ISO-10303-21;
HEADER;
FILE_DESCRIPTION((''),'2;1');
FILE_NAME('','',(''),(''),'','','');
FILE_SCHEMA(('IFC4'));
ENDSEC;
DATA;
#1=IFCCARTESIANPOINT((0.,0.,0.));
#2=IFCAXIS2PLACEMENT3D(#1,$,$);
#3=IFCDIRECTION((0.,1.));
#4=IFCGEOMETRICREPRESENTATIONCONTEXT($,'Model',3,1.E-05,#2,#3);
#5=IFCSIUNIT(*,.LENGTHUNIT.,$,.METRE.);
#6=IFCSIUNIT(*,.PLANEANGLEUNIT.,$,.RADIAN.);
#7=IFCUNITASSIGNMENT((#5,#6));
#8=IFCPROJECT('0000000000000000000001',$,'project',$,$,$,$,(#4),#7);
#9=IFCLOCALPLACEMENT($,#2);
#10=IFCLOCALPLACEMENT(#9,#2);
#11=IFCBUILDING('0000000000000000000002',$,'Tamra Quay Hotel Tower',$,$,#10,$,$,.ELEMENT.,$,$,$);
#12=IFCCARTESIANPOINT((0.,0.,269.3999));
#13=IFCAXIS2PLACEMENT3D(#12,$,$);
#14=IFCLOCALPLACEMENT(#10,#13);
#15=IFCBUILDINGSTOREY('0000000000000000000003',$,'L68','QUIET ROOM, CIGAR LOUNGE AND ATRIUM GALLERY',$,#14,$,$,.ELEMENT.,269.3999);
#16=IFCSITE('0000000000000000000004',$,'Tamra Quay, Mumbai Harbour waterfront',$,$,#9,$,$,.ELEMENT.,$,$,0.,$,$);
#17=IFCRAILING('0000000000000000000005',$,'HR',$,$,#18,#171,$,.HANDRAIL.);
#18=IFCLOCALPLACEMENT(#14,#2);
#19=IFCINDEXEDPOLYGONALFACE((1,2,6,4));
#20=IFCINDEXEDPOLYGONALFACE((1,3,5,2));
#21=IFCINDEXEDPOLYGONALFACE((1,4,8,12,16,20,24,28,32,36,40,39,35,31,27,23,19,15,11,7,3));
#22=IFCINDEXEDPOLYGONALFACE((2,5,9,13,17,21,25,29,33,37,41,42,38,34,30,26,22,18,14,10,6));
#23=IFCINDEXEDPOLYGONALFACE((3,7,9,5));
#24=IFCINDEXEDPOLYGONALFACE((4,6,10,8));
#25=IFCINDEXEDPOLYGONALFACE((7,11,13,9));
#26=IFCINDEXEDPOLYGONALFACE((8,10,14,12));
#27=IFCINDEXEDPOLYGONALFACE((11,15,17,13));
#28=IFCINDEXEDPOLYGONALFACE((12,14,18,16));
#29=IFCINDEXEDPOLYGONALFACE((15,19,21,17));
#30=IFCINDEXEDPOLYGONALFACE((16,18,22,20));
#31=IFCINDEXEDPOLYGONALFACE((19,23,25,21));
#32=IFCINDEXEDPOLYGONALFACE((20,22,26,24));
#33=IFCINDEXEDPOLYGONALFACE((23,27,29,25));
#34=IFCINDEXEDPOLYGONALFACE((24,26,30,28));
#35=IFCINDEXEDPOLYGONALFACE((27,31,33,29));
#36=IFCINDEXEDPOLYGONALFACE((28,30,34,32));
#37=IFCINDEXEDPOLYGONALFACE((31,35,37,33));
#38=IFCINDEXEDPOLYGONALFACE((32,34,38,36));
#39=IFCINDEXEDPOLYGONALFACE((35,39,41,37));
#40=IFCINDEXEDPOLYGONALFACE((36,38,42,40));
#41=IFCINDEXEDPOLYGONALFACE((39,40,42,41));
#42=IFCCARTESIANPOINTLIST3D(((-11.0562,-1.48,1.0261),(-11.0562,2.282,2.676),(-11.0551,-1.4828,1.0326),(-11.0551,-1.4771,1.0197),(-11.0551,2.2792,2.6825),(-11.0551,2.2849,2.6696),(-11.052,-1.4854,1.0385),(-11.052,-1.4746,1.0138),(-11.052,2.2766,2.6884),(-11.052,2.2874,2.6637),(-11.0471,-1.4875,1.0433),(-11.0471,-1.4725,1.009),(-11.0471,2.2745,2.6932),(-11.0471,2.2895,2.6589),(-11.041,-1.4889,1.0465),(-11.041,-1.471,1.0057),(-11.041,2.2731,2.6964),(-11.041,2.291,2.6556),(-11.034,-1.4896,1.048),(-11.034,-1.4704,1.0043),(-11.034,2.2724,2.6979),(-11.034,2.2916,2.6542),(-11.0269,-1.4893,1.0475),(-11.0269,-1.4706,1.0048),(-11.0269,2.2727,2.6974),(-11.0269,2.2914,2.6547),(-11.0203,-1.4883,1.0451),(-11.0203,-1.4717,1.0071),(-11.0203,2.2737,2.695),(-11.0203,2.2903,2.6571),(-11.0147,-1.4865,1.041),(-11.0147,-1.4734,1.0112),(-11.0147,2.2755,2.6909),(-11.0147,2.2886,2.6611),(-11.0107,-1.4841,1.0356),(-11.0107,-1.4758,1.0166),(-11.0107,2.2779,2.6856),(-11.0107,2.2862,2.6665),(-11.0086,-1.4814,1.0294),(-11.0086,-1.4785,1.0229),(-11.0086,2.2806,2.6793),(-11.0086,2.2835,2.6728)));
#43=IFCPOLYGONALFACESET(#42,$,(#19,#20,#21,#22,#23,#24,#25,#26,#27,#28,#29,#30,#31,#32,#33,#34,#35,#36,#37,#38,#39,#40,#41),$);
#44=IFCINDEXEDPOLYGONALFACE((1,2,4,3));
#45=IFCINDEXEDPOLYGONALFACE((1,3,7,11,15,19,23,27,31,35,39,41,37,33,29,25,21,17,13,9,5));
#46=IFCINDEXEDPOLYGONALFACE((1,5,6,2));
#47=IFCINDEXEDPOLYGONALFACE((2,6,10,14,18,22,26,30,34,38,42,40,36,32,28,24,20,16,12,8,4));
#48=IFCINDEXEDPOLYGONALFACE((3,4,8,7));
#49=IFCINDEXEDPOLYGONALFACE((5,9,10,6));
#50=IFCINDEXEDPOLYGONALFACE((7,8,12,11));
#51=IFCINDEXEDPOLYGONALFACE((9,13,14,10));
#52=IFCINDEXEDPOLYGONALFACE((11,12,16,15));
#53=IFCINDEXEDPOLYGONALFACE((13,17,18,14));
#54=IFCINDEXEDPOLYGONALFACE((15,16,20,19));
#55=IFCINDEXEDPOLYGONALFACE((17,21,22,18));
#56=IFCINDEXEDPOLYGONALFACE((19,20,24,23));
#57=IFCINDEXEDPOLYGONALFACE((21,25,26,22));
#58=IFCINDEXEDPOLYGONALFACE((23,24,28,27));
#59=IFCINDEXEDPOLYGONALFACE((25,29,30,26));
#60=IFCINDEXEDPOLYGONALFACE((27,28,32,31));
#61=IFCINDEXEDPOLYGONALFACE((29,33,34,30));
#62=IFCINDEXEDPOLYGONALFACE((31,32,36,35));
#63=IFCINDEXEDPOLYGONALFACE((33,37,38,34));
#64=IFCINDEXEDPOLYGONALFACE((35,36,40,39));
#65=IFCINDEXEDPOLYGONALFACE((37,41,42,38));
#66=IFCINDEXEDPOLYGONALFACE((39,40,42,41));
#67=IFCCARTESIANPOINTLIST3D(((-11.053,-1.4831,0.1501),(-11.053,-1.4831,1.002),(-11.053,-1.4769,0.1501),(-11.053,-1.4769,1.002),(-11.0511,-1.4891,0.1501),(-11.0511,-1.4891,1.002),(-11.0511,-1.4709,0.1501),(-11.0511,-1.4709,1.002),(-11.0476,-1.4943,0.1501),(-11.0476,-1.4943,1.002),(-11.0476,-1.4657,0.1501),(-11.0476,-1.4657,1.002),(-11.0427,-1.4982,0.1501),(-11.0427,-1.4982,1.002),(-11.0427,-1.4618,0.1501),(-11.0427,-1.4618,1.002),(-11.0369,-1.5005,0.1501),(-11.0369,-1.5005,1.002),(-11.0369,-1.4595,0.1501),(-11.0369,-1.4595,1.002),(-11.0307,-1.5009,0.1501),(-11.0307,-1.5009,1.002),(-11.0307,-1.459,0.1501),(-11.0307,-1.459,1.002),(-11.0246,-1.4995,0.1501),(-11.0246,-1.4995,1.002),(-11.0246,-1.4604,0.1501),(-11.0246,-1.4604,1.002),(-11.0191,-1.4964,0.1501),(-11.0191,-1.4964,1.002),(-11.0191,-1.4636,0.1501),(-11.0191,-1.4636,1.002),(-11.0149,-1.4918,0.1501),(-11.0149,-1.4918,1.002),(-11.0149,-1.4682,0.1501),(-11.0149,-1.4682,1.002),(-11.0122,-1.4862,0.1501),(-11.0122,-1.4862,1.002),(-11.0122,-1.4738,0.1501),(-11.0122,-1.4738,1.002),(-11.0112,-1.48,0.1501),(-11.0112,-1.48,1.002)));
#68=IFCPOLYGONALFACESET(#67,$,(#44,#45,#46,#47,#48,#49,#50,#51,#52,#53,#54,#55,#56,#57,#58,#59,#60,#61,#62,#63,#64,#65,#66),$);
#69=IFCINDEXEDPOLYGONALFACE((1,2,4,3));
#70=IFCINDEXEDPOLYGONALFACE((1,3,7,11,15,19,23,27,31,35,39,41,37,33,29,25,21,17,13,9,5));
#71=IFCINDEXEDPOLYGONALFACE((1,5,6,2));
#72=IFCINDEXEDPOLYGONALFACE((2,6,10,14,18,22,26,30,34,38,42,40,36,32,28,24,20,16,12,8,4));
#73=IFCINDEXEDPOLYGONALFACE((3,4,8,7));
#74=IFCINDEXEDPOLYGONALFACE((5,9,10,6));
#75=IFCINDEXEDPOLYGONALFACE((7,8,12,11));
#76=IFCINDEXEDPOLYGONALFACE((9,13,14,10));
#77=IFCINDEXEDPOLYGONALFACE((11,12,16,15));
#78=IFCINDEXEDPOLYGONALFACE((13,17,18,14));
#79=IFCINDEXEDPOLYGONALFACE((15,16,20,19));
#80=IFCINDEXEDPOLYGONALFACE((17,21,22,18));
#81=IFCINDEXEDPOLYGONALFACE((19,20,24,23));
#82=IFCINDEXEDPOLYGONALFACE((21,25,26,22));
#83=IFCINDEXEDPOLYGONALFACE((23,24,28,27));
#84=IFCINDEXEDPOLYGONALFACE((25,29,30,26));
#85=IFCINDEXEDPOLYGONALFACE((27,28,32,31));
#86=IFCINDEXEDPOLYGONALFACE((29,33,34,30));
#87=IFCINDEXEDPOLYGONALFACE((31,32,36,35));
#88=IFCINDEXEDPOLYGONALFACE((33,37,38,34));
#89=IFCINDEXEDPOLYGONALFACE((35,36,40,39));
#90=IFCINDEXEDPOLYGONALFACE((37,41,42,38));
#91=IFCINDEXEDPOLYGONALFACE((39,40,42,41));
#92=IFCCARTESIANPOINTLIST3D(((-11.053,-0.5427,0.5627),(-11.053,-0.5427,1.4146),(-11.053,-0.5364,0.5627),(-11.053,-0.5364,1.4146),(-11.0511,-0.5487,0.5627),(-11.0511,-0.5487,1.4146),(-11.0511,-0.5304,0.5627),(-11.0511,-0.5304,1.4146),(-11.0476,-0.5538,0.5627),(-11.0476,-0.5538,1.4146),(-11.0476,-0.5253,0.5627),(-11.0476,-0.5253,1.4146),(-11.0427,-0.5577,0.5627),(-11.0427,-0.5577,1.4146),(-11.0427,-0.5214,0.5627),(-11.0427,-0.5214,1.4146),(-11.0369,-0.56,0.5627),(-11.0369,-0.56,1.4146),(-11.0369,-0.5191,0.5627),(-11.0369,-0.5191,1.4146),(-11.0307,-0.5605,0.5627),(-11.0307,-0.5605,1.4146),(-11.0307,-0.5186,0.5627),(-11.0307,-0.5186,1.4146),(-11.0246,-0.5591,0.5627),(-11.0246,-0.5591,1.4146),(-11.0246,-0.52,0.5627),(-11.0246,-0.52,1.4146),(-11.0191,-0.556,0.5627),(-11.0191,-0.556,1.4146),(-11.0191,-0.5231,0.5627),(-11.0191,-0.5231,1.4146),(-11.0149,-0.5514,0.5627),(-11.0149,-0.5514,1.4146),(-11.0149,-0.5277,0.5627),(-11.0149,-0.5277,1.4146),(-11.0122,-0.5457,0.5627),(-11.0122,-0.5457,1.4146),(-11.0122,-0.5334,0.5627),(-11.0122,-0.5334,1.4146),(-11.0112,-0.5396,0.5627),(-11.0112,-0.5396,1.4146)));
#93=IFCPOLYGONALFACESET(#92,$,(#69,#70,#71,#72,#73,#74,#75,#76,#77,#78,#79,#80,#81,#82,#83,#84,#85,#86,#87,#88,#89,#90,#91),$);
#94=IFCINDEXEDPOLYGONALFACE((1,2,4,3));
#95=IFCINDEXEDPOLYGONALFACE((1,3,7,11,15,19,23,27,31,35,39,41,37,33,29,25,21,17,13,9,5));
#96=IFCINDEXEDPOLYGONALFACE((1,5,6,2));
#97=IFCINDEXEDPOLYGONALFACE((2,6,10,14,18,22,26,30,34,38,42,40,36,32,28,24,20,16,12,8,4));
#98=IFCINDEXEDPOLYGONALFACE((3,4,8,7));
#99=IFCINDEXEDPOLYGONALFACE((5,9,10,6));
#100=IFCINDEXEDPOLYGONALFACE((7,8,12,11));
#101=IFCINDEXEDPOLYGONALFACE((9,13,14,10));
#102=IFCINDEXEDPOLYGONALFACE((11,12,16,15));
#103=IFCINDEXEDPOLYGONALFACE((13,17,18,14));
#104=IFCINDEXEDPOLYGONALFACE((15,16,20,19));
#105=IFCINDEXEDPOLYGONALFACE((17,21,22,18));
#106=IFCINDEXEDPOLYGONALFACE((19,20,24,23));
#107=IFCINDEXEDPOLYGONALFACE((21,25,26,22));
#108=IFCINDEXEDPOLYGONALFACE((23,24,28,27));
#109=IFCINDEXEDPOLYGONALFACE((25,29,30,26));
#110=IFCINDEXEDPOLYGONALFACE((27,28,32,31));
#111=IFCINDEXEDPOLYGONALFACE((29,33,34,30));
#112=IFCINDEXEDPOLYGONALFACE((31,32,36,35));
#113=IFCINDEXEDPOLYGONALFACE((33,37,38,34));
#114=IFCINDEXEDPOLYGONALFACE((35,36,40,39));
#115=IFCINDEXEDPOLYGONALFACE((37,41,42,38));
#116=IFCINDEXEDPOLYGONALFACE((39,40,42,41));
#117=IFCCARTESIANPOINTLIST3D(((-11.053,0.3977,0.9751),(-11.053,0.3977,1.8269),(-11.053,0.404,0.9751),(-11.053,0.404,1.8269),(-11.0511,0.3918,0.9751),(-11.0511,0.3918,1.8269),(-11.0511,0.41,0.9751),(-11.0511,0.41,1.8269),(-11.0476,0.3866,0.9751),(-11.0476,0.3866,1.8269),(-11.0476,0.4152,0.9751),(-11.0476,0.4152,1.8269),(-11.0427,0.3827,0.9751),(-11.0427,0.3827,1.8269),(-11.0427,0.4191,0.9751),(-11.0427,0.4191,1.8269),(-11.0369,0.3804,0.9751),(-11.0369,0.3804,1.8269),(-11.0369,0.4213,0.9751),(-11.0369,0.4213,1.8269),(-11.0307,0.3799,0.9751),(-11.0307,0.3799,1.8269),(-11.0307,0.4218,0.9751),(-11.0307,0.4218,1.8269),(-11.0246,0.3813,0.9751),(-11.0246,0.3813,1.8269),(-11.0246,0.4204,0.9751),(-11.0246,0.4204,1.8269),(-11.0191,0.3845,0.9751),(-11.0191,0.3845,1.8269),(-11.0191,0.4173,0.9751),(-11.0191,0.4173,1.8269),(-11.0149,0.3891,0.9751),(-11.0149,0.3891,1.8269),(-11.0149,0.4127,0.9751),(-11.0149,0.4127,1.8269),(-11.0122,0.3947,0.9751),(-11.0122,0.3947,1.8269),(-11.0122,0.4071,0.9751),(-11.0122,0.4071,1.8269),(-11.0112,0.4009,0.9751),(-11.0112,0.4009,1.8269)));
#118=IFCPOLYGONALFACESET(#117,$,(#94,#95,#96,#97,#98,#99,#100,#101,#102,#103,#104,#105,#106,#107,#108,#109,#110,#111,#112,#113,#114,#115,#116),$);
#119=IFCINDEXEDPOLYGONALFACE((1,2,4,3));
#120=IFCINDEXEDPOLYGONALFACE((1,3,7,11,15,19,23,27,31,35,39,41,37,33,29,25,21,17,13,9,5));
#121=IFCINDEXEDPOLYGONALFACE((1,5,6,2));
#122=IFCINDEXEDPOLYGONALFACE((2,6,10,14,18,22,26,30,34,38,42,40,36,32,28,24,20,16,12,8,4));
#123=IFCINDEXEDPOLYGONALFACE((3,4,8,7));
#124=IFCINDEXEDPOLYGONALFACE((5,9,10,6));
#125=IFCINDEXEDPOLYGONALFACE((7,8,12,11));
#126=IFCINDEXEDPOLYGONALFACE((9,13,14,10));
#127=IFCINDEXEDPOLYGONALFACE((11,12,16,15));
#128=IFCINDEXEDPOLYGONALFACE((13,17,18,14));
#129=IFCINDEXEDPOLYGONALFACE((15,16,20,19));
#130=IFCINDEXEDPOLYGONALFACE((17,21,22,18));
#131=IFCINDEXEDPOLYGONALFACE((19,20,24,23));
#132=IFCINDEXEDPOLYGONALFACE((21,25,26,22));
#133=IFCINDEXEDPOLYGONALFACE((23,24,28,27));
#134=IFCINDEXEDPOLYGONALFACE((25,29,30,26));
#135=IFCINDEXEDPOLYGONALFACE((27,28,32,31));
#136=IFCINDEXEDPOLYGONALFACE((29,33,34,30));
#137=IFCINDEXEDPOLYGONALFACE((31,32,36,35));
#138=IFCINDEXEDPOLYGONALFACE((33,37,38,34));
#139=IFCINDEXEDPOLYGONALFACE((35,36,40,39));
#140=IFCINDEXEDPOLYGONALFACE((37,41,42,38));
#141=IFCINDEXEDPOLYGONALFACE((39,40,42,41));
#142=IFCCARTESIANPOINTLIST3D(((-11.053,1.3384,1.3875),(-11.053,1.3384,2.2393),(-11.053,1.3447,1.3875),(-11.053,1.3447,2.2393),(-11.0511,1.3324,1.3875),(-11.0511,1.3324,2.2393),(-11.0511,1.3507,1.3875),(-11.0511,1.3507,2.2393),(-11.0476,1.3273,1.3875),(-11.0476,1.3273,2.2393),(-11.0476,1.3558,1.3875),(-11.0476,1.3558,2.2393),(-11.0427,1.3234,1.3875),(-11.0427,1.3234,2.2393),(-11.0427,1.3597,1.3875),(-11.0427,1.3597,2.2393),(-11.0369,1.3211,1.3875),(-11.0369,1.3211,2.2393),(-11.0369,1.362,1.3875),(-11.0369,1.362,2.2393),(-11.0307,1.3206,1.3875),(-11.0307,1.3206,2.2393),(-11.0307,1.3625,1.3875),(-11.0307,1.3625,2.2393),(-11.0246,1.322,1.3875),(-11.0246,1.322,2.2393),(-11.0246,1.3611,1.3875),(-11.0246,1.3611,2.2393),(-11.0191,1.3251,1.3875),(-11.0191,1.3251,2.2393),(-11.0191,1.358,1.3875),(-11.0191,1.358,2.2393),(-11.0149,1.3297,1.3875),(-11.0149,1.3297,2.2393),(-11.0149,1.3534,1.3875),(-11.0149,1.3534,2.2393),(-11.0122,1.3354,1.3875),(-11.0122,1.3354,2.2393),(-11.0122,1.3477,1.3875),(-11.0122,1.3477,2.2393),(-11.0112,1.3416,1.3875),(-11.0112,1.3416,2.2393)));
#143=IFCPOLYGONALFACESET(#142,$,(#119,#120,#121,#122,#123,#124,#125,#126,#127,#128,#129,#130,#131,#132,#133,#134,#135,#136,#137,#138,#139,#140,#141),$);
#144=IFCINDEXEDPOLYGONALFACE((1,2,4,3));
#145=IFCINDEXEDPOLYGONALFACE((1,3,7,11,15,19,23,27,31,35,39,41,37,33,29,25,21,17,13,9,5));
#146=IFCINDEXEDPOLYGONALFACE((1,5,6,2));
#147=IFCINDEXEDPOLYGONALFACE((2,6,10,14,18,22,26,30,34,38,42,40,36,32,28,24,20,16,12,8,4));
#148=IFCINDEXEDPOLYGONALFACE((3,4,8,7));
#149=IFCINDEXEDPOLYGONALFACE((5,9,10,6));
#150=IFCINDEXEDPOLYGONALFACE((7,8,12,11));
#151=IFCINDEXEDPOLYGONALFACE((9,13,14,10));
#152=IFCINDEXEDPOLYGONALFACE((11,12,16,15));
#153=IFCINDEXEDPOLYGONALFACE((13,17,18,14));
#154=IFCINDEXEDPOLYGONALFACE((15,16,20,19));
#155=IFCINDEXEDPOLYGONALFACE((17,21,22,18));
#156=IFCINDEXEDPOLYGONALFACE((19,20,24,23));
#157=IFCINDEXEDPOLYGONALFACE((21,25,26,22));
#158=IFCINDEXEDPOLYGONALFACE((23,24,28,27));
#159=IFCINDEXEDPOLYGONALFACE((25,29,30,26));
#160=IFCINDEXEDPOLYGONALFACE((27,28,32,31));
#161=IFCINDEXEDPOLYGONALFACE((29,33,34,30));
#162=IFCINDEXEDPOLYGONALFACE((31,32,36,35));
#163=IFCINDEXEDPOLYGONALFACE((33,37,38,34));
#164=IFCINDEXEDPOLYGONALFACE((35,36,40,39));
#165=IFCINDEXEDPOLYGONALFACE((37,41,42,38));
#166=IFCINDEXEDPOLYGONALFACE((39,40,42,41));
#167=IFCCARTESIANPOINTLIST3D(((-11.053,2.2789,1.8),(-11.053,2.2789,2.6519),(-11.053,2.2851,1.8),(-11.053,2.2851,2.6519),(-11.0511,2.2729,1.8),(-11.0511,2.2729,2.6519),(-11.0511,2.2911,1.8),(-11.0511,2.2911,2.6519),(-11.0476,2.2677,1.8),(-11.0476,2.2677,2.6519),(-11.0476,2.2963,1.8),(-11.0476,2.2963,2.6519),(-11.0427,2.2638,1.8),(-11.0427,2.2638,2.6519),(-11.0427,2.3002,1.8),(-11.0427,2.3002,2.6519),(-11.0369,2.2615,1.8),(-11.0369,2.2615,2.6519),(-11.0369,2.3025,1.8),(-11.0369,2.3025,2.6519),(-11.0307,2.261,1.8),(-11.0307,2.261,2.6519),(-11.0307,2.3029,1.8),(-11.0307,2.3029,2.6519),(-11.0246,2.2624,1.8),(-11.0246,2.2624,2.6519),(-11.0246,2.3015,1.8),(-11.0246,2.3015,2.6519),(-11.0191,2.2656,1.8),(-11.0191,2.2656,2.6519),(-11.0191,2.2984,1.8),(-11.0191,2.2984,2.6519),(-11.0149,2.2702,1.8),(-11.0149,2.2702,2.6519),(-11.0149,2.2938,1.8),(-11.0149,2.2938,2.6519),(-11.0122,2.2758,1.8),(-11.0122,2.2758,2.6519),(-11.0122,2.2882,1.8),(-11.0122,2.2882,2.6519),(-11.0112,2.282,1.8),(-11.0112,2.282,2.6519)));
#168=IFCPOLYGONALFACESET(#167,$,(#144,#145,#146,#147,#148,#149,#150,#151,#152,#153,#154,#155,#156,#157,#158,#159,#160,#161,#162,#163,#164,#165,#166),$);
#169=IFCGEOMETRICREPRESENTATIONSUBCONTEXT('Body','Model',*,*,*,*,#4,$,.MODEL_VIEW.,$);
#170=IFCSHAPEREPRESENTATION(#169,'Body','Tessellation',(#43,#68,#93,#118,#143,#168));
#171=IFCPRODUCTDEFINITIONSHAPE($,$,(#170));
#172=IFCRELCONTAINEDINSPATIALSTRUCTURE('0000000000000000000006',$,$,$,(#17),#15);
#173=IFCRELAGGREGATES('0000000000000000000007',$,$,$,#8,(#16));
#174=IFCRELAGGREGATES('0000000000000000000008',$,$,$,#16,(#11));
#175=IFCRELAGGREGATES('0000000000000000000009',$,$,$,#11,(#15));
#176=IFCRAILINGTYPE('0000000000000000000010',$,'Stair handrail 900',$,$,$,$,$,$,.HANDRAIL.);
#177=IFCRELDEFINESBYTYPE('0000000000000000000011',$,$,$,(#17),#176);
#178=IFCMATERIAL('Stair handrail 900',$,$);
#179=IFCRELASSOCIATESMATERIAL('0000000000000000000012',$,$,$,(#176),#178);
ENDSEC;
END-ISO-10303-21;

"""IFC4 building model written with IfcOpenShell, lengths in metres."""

from ifc_helpers import new_model, si_unit, direction, frame, origin, origin_2d, place, context, subcontext, project, spatial, circle, extrude, material, type_object, element, save


model = new_model("IFC4")

# Units and contexts
model_context = context("Model", 3, precision=1e-05, world=origin(), true_north=direction((0.0, 1.0)))
body_context = subcontext(model_context, "Body", "Model", "MODEL_VIEW")
ifc_project = project(units=[si_unit("LENGTHUNIT", "METRE"), si_unit("PLANEANGLEUNIT", "RADIAN")], contexts=[model_context])

# Site, building, storey
site_placement = place(None, origin())
site = spatial("IfcSite", under=ifc_project, at=site_placement, Name="Tamra Quay, Mumbai Harbour waterfront", CompositionType="ELEMENT", RefElevation=0.0)
building_placement = place(site_placement, origin())
building = spatial("IfcBuilding", under=site, at=building_placement, Name="Tamra Quay Hotel Tower", CompositionType="ELEMENT")
storey_placement = place(building_placement, frame((0.0, 0.0, 269.3999)))
storey = spatial("IfcBuildingStorey", under=building, at=storey_placement, Name="L68", Description="QUIET ROOM, CIGAR LOUNGE AND ATRIUM GALLERY", CompositionType="ELEMENT", Elevation=269.3999)

# Railing
ifc_material_1 = material(Name="Stair handrail 900")
railing_type_1 = type_object("IfcRailingType", Name="Stair handrail 900", PredefinedType="HANDRAIL", material=ifc_material_1)
railing_1_placement = place(storey_placement, frame((-11.0322, -1.48, 0.1501)))
element("IfcRailing", 1, at=railing_1_placement, inside=storey, type_object=railing_type_1, Name="HR", PredefinedType="HANDRAIL", context=body_context, shape_type="SweptSolid", body=[
    extrude(circle(Radius=0.0239, at=origin_2d()), frame((0.0, 0.0, 0.876), z_axis=(0.0, 0.915795, 0.401645), x_axis=(-1.0, 0.0, 0.0)), (0.0, 0.0, 1.0), 4.1079),
    extrude(circle(Radius=0.021, at=origin_2d()), origin(), (0.0, 0.0, 1.0), 0.8518),
    extrude(circle(Radius=0.021, at=origin_2d()), frame((0.0, 0.9404, 0.4126)), (0.0, 0.0, 1.0), 0.8518),
    extrude(circle(Radius=0.021, at=origin_2d()), frame((0.0, 1.8809, 0.825)), (0.0, 0.0, 1.0), 0.8518),
    extrude(circle(Radius=0.021, at=origin_2d()), frame((0.0, 2.8215, 1.2373)), (0.0, 0.0, 1.0), 0.8518),
    extrude(circle(Radius=0.021, at=origin_2d()), frame((0.0, 3.762, 1.6499)), (0.0, 0.0, 1.0), 0.8518),
])

save(model, "model.ifc")
